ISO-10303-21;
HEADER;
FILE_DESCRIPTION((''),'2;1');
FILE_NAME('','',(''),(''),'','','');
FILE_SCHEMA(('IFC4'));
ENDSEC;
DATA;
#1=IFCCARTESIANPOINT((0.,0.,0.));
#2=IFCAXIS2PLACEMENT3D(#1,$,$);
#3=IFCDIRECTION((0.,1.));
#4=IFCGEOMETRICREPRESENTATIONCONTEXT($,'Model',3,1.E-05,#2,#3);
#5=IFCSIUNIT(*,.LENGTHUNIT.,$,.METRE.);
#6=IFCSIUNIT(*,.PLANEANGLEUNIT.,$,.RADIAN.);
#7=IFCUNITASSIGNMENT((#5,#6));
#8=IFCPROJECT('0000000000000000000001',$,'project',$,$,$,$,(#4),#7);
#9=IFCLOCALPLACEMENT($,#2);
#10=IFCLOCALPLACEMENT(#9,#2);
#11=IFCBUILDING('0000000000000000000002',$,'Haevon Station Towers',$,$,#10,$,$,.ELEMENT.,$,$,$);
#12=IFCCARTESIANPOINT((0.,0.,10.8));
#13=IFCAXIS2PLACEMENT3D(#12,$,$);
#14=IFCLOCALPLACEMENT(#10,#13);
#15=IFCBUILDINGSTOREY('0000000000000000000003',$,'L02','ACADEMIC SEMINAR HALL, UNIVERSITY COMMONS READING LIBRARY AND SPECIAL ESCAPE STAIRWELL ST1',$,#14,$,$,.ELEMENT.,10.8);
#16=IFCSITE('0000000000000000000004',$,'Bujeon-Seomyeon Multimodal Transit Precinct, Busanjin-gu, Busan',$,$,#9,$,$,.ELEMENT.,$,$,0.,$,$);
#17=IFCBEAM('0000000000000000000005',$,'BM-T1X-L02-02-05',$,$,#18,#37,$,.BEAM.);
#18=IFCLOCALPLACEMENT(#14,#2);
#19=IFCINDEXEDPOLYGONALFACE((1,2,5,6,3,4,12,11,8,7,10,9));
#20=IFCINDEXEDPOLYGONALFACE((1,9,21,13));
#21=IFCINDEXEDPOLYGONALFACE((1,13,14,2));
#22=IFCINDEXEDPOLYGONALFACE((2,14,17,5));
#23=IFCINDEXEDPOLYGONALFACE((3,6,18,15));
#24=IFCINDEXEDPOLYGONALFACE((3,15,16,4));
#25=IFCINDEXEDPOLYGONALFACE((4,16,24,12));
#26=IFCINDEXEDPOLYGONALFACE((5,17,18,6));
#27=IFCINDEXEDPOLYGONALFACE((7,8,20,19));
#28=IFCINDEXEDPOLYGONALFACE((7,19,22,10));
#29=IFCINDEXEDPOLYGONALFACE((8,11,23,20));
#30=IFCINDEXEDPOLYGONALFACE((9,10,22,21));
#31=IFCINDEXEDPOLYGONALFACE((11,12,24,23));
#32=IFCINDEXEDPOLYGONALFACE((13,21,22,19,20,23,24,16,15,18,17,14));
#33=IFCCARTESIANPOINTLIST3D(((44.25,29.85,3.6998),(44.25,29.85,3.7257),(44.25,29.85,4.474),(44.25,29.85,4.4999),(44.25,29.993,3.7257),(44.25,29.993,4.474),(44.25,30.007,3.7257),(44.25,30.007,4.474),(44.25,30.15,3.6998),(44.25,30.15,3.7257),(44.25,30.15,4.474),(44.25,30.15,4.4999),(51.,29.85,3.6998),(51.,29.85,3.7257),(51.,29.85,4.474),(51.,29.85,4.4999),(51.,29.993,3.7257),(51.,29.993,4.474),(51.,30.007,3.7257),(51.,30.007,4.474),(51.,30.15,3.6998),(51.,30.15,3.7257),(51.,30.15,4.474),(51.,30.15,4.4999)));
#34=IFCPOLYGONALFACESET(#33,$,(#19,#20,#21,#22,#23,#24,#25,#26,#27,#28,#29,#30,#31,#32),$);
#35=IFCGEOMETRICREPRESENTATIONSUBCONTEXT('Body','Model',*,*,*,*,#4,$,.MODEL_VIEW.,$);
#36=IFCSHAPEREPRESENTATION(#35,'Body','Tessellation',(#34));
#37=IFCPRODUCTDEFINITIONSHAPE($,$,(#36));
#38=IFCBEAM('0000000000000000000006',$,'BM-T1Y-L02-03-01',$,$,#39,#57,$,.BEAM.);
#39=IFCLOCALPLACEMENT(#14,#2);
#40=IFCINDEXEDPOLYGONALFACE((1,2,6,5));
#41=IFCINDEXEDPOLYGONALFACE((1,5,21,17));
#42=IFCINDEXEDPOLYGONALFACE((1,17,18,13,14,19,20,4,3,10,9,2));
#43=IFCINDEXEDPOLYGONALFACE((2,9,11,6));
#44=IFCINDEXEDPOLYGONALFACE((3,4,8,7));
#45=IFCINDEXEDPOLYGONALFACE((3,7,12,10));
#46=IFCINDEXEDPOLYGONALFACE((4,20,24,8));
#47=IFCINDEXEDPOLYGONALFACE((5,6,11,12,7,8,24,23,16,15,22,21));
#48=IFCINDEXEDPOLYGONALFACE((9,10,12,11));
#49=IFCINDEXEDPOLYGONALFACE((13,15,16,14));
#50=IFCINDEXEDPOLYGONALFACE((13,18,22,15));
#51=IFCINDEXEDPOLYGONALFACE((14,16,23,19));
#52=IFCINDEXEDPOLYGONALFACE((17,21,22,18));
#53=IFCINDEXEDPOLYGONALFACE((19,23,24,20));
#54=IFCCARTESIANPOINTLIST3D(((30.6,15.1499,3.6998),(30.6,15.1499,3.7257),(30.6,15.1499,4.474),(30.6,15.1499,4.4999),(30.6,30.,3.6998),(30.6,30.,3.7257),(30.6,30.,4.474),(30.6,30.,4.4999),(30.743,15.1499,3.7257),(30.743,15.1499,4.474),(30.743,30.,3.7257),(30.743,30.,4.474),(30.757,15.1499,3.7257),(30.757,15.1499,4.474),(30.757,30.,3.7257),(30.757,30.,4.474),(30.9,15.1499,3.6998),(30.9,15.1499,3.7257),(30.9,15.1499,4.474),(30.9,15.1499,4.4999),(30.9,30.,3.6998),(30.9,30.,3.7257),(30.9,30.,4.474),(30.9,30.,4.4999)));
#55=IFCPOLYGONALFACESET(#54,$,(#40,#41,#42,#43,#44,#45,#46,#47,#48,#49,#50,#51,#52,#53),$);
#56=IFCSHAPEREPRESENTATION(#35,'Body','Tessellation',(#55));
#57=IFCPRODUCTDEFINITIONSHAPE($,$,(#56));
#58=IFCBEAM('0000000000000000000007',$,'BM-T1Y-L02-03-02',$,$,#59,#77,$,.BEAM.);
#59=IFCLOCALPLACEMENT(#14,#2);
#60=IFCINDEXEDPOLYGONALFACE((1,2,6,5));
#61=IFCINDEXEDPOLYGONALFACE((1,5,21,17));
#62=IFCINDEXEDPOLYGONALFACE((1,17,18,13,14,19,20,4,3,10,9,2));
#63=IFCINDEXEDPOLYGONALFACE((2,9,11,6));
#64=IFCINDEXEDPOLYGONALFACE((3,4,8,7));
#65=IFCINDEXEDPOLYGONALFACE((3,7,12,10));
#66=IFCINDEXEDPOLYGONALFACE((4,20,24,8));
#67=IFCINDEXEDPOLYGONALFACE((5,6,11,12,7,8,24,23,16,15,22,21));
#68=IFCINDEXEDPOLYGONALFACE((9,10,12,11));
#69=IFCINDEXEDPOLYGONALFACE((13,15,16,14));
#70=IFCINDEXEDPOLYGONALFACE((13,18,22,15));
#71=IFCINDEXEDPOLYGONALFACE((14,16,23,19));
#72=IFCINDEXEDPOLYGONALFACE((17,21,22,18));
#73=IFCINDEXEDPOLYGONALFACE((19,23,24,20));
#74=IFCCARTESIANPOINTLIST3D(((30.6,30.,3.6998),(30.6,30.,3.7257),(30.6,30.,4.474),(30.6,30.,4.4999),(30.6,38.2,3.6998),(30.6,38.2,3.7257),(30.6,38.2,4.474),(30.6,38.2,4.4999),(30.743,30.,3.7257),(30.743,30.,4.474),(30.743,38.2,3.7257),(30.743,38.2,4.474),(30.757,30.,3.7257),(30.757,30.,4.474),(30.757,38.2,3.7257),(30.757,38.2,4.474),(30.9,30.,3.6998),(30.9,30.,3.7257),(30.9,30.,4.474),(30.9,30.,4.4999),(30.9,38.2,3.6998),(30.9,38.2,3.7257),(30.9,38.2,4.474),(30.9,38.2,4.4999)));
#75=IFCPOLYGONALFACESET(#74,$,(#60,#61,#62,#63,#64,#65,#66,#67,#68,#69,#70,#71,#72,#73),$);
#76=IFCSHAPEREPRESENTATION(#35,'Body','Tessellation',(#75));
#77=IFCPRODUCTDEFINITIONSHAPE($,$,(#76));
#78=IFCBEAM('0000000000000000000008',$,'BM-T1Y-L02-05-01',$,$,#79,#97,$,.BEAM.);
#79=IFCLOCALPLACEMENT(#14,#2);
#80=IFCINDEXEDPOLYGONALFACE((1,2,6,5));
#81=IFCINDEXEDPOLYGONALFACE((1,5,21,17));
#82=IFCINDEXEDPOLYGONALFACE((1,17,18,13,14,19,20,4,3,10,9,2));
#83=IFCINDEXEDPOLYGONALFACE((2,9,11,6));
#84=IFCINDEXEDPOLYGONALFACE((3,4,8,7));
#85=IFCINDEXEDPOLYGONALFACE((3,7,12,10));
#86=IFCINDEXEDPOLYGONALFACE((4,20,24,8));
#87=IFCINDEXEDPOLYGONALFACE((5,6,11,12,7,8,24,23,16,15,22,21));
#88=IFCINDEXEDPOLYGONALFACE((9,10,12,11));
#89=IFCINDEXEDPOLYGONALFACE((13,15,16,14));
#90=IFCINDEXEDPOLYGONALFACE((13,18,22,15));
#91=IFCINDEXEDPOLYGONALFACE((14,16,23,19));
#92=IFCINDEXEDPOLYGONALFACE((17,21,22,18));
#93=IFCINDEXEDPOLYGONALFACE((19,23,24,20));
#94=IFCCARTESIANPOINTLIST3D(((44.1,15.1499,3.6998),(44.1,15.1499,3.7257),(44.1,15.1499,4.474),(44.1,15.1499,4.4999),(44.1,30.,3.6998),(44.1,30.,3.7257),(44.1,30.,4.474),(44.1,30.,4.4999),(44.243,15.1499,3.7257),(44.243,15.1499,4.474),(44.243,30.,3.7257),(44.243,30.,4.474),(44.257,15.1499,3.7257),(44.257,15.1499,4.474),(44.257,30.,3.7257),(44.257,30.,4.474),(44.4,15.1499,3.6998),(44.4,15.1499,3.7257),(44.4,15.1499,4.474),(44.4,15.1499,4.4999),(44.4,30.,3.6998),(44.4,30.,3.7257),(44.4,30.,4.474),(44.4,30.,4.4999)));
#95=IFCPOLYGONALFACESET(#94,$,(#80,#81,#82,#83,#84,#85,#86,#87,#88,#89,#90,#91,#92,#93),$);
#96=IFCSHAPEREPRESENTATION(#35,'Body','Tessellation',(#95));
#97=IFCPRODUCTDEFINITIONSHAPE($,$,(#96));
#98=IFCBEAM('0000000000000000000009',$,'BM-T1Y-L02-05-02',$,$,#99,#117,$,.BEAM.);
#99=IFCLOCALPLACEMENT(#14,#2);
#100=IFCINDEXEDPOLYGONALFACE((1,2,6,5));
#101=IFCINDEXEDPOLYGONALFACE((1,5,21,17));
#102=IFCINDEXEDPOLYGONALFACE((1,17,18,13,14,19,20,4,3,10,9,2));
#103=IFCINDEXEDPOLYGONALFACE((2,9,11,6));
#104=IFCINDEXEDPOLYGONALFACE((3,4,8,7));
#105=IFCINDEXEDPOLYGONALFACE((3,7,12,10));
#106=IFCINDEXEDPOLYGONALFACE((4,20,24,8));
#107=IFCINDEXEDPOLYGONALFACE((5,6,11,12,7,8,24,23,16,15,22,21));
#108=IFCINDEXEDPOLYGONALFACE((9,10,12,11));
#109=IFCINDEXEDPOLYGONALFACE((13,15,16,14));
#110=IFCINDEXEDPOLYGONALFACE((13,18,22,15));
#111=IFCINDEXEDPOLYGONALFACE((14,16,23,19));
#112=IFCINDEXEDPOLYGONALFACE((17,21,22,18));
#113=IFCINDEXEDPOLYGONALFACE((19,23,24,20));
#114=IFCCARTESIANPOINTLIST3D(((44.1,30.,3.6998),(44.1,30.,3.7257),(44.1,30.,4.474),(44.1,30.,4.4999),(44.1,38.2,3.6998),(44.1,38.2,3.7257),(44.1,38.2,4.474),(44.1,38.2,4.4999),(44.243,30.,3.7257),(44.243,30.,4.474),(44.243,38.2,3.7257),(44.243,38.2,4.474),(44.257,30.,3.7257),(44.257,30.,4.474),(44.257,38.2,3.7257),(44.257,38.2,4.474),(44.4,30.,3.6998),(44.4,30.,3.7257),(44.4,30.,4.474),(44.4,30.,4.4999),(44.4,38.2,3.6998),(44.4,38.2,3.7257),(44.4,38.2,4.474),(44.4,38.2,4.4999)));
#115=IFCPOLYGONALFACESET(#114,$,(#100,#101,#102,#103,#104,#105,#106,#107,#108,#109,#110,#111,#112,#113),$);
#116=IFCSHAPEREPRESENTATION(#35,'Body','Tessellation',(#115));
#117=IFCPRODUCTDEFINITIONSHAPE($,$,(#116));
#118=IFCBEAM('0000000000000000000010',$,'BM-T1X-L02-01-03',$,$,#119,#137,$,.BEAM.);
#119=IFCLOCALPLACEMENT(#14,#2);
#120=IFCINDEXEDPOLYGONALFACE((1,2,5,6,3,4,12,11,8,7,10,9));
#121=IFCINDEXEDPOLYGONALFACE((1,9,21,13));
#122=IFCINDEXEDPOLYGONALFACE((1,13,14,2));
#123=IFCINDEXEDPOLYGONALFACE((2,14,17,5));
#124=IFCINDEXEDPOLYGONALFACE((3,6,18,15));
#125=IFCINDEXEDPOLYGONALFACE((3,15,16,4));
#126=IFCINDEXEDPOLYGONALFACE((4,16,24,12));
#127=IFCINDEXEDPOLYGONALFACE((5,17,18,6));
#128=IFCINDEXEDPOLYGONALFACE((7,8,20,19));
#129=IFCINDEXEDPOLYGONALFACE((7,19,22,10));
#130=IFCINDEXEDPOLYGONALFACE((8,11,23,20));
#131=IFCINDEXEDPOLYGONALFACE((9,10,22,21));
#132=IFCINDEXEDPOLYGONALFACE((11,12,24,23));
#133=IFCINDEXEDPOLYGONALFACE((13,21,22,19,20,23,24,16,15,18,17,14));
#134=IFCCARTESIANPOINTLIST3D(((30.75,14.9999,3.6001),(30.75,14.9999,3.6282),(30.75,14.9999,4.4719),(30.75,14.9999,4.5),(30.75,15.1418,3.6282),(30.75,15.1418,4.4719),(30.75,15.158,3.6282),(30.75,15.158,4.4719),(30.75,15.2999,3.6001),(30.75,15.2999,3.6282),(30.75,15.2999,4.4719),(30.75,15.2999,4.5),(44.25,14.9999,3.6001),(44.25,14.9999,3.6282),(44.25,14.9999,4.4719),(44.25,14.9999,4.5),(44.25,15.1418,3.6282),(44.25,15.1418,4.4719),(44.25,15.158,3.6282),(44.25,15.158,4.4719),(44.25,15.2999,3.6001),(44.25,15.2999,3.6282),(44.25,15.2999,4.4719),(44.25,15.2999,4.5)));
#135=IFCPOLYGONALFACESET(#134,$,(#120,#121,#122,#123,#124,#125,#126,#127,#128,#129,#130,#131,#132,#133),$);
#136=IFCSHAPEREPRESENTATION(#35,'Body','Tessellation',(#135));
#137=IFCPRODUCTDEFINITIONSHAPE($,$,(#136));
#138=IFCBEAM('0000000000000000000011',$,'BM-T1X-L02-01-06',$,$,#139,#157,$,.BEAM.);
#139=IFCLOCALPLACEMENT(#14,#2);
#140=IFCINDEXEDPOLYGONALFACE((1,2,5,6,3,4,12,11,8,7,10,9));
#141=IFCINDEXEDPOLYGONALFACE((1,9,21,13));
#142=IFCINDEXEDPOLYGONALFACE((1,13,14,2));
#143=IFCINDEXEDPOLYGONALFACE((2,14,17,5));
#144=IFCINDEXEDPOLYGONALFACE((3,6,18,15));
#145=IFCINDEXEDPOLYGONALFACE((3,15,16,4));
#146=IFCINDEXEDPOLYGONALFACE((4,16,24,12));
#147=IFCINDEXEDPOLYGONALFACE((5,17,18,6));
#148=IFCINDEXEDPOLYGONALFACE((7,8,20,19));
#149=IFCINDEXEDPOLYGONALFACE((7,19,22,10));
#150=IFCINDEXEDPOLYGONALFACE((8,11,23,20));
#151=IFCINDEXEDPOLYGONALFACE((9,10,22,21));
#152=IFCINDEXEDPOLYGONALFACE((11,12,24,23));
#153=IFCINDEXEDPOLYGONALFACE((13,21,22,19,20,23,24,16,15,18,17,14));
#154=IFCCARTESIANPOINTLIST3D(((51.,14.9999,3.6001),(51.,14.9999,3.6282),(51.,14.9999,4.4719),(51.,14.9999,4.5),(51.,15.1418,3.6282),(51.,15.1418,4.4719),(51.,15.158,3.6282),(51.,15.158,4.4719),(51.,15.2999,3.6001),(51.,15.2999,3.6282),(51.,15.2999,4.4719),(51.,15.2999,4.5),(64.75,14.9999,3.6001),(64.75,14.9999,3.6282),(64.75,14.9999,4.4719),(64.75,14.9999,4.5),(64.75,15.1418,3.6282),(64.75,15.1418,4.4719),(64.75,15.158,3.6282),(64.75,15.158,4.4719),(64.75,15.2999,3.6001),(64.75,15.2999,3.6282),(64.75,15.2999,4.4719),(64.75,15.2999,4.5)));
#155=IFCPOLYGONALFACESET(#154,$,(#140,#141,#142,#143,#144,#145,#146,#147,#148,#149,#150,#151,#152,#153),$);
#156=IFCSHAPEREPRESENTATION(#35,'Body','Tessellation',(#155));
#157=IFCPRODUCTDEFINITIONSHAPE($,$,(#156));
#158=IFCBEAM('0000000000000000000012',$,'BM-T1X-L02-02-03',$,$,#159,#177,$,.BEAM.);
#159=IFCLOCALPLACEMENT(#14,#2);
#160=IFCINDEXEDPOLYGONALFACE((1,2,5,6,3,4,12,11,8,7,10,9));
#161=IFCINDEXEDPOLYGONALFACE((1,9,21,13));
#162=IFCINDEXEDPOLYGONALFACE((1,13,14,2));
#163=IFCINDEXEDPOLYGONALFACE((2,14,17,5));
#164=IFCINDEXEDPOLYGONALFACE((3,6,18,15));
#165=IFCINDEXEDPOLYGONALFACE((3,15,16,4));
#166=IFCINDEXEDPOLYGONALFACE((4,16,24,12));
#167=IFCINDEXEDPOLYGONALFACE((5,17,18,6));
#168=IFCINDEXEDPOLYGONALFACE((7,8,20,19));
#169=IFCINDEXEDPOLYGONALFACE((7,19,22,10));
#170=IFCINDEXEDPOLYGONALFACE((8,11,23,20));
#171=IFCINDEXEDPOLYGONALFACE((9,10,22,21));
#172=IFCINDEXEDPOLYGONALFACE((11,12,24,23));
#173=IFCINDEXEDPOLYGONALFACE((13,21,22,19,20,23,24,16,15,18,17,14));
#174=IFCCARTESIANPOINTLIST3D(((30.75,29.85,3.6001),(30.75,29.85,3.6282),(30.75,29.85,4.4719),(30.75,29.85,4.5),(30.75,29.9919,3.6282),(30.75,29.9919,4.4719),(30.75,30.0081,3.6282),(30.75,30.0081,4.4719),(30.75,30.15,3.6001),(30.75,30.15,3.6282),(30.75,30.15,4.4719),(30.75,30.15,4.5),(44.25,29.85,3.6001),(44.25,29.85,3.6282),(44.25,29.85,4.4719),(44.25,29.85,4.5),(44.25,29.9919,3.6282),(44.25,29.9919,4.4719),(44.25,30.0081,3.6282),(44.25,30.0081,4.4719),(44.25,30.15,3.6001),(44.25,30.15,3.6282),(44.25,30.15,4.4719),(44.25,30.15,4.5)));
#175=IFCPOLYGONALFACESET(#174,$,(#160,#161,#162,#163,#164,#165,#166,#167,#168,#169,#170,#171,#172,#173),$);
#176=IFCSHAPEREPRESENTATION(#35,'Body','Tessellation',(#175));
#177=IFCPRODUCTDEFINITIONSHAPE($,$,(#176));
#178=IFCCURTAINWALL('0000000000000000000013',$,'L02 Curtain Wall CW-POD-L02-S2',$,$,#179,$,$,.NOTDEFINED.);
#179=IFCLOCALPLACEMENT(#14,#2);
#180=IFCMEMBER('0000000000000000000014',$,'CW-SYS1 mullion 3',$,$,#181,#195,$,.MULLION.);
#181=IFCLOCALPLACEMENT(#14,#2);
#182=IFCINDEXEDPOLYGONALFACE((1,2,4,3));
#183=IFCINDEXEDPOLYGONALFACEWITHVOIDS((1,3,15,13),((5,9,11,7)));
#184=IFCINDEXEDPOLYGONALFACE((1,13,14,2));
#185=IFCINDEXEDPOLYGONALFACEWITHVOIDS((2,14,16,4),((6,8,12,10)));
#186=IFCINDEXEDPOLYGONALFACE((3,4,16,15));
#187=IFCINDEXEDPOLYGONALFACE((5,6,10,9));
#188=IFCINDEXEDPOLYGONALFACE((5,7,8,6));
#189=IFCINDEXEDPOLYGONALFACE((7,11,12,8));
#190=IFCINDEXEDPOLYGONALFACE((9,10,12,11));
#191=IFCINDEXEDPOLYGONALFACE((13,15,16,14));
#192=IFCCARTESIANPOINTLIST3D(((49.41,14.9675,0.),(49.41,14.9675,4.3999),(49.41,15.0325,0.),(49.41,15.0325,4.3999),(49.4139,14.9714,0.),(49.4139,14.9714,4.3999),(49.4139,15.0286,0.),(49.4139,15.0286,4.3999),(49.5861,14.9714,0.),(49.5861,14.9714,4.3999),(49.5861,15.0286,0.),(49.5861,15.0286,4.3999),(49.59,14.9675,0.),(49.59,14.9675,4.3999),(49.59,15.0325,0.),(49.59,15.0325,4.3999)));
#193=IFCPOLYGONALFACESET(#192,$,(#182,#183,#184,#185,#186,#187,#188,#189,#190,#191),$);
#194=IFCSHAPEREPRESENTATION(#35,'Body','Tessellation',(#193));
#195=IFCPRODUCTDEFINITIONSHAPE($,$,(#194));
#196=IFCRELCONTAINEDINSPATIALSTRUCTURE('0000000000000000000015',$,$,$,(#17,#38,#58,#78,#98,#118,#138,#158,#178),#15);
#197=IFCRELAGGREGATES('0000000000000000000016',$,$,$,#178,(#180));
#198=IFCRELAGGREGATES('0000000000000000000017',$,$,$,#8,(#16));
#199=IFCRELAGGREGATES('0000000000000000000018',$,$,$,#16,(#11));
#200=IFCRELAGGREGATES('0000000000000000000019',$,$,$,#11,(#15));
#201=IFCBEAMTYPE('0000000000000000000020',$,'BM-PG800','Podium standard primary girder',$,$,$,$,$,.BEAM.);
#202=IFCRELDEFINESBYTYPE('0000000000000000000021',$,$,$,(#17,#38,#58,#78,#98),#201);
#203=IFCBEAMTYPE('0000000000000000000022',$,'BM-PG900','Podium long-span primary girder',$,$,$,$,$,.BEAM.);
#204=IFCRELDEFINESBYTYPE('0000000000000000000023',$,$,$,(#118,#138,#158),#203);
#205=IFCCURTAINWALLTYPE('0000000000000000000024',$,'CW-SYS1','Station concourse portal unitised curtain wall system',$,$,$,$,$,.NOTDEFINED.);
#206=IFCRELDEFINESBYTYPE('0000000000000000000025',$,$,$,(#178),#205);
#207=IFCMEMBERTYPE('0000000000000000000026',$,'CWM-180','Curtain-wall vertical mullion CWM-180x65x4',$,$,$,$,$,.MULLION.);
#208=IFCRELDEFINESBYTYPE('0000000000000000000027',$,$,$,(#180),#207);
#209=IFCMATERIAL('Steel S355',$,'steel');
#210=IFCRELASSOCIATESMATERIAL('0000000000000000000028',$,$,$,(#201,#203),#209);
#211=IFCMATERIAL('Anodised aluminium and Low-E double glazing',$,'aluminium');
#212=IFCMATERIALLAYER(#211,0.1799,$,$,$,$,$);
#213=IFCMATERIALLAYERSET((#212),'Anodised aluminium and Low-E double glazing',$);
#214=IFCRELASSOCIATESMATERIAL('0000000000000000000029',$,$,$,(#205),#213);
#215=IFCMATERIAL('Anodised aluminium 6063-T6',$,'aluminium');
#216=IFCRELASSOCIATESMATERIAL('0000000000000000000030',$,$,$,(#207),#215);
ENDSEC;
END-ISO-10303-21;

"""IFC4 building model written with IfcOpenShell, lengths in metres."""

from ifc_helpers import new_model, si_unit, direction, frame, origin, origin_2d, place, context, subcontext, project, spatial, hollow_rectangle, i_section, extrude, material, layer, layer_set, material_profile, profile_set, type_object, element, aggregate, save


model = new_model("IFC4")

# Units and contexts
model_context = context("Model", 3, precision=1e-05, world=origin(), true_north=direction((0.0, 1.0)))
body_context = subcontext(model_context, "Body", "Model", "MODEL_VIEW")
ifc_project = project(units=[si_unit("LENGTHUNIT", "METRE"), si_unit("PLANEANGLEUNIT", "RADIAN")], contexts=[model_context])

# Site, building, storey
site_placement = place(None, origin())
site = spatial("IfcSite", under=ifc_project, at=site_placement, Name="Bujeon-Seomyeon Multimodal Transit Precinct, Busanjin-gu, Busan", CompositionType="ELEMENT", RefElevation=0.0)
building_placement = place(site_placement, origin())
building = spatial("IfcBuilding", under=site, at=building_placement, Name="Haevon Station Towers", CompositionType="ELEMENT")
storey_placement = place(building_placement, frame((0.0, 0.0, 10.8)))
storey = spatial("IfcBuildingStorey", under=building, at=storey_placement, Name="L02", Description="ACADEMIC SEMINAR HALL, UNIVERSITY COMMONS READING LIBRARY AND SPECIAL ESCAPE STAIRWELL ST1", CompositionType="ELEMENT", Elevation=10.8)

# Beams
ifc_material_1 = material(Name="Steel S355", Category="steel")
ifc_material_profile_1 = material_profile(ifc_material_1, i_section(OverallWidth=0.3, OverallDepth=0.8, WebThickness=0.0139, FlangeThickness=0.0259, at=origin_2d()), Name="H-800x300x14x26")
ifc_profile_set_1 = profile_set([ifc_material_profile_1], Name="Steel S355")
beam_type_1 = type_object("IfcBeamType", Name="BM-PG800", Description="Podium standard primary girder", PredefinedType="BEAM", material=ifc_profile_set_1)
for number, where, z_axis, x_axis, name in (
    (1, (44.25, 30.0, 4.0999), (1.0, 0.0, 0.0), (0.0, 1.0, 0.0), "BM-T1X-L02-02-05"),
):
    element("IfcBeam", number, at=place(storey_placement, frame(where, z_axis=z_axis, x_axis=x_axis)), inside=storey, type_object=beam_type_1, Name=name, PredefinedType="BEAM", context=body_context, shape_type="SweptSolid", body=[
        extrude(i_section(OverallWidth=0.3, OverallDepth=0.8, WebThickness=0.0139, FlangeThickness=0.0259, at=origin_2d()), origin(), (0.0, 0.0, 1.0), 6.75),
    ])
beam_1_placement = place(storey_placement, frame((30.75, 15.1499, 4.0999), z_axis=(0.0, 1.0, 0.0), x_axis=(-1.0, 0.0, 0.0)))
element("IfcBeam", 2, at=beam_1_placement, inside=storey, type_object=beam_type_1, Name="BM-T1Y-L02-03-01", PredefinedType="BEAM", context=body_context, shape_type="SweptSolid", body=[
    extrude(i_section(OverallWidth=0.3, OverallDepth=0.8, WebThickness=0.0139, FlangeThickness=0.0259, at=origin_2d()), origin(), (0.0, 0.0, 1.0), 14.8501),
])
beam_2_placement = place(storey_placement, frame((30.75, 30.0, 4.0999), z_axis=(0.0, 1.0, 0.0), x_axis=(-1.0, 0.0, 0.0)))
element("IfcBeam", 3, at=beam_2_placement, inside=storey, type_object=beam_type_1, Name="BM-T1Y-L02-03-02", PredefinedType="BEAM", context=body_context, shape_type="SweptSolid", body=[
    extrude(i_section(OverallWidth=0.3, OverallDepth=0.8, WebThickness=0.0139, FlangeThickness=0.0259, at=origin_2d()), origin(), (0.0, 0.0, 1.0), 8.2),
])
beam_3_placement = place(storey_placement, frame((44.25, 15.1499, 4.0999), z_axis=(0.0, 1.0, 0.0), x_axis=(-1.0, 0.0, 0.0)))
element("IfcBeam", 4, at=beam_3_placement, inside=storey, type_object=beam_type_1, Name="BM-T1Y-L02-05-01", PredefinedType="BEAM", context=body_context, shape_type="SweptSolid", body=[
    extrude(i_section(OverallWidth=0.3, OverallDepth=0.8, WebThickness=0.0139, FlangeThickness=0.0259, at=origin_2d()), origin(), (0.0, 0.0, 1.0), 14.8501),
])
beam_4_placement = place(storey_placement, frame((44.25, 30.0, 4.0999), z_axis=(0.0, 1.0, 0.0), x_axis=(-1.0, 0.0, 0.0)))
element("IfcBeam", 5, at=beam_4_placement, inside=storey, type_object=beam_type_1, Name="BM-T1Y-L02-05-02", PredefinedType="BEAM", context=body_context, shape_type="SweptSolid", body=[
    extrude(i_section(OverallWidth=0.3, OverallDepth=0.8, WebThickness=0.0139, FlangeThickness=0.0259, at=origin_2d()), origin(), (0.0, 0.0, 1.0), 8.2),
])
ifc_material_profile_2 = material_profile(ifc_material_1, i_section(OverallWidth=0.3, OverallDepth=0.8999, WebThickness=0.0161, FlangeThickness=0.0281, at=origin_2d()), Name="H-900x300x16x28")
ifc_profile_set_2 = profile_set([ifc_material_profile_2], Name="Steel S355")
beam_type_2 = type_object("IfcBeamType", Name="BM-PG900", Description="Podium long-span primary girder", PredefinedType="BEAM", material=ifc_profile_set_2)
beam_5_placement = place(storey_placement, frame((30.75, 15.1499, 4.05), z_axis=(1.0, 0.0, 0.0), x_axis=(0.0, 1.0, 0.0)))
element("IfcBeam", 6, at=beam_5_placement, inside=storey, type_object=beam_type_2, Name="BM-T1X-L02-01-03", PredefinedType="BEAM", context=body_context, shape_type="SweptSolid", body=[
    extrude(i_section(OverallWidth=0.3, OverallDepth=0.8999, WebThickness=0.0161, FlangeThickness=0.0281, at=origin_2d()), origin(), (0.0, 0.0, 1.0), 13.5),
])
beam_6_placement = place(storey_placement, frame((51.0, 15.1499, 4.05), z_axis=(1.0, 0.0, 0.0), x_axis=(0.0, 1.0, 0.0)))
element("IfcBeam", 7, at=beam_6_placement, inside=storey, type_object=beam_type_2, Name="BM-T1X-L02-01-06", PredefinedType="BEAM", context=body_context, shape_type="SweptSolid", body=[
    extrude(i_section(OverallWidth=0.3, OverallDepth=0.8999, WebThickness=0.0161, FlangeThickness=0.0281, at=origin_2d()), origin(), (0.0, 0.0, 1.0), 13.75),
])
beam_7_placement = place(storey_placement, frame((30.75, 30.0, 4.05), z_axis=(1.0, 0.0, 0.0), x_axis=(0.0, 1.0, 0.0)))
element("IfcBeam", 8, at=beam_7_placement, inside=storey, type_object=beam_type_2, Name="BM-T1X-L02-02-03", PredefinedType="BEAM", context=body_context, shape_type="SweptSolid", body=[
    extrude(i_section(OverallWidth=0.3, OverallDepth=0.8999, WebThickness=0.0161, FlangeThickness=0.0281, at=origin_2d()), origin(), (0.0, 0.0, 1.0), 13.5),
])

# Curtain wall, member
ifc_material_2 = material(Name="Anodised aluminium and Low-E double glazing", Category="aluminium")
ifc_layer_1 = layer(ifc_material_2, 0.1799)
ifc_layer_set_1 = layer_set([ifc_layer_1], Name="Anodised aluminium and Low-E double glazing")
curtain_wall_type = type_object("IfcCurtainWallType", Name="CW-SYS1", Description="Station concourse portal unitised curtain wall system", PredefinedType="NOTDEFINED", material=ifc_layer_set_1)
curtain_wall_placement = place(storey_placement, origin())
curtain_wall = element("IfcCurtainWall", 9, at=curtain_wall_placement, inside=storey, type_object=curtain_wall_type, Name="L02 Curtain Wall CW-POD-L02-S2", PredefinedType="NOTDEFINED")
ifc_material_3 = material(Name="Anodised aluminium 6063-T6", Category="aluminium")
ifc_material_profile_3 = material_profile(ifc_material_3, hollow_rectangle(XDim=0.0649, YDim=0.1799, WallThickness=0.0039, at=origin_2d()), Name="CWM-180x65x4")
ifc_profile_set_3 = profile_set([ifc_material_profile_3], Name="Anodised aluminium 6063-T6")
member_type_1 = type_object("IfcMemberType", Name="CWM-180", Description="Curtain-wall vertical mullion CWM-180x65x4", PredefinedType="MULLION", material=ifc_profile_set_3)
member_1_placement = place(storey_placement, frame((49.5, 15.0, 0.0), z_axis=(0.0, 0.0, 1.0), x_axis=(0.0, -1.0, 0.0)))
member_1 = element("IfcMember", 10, at=member_1_placement, type_object=member_type_1, Name="CW-SYS1 mullion 3", PredefinedType="MULLION", context=body_context, shape_type="SweptSolid", body=[
    extrude(hollow_rectangle(XDim=0.0649, YDim=0.1799, WallThickness=0.0039, at=origin_2d()), origin(), (0.0, 0.0, 1.0), 4.3999),
])
aggregate(curtain_wall, [member_1])

save(model, "model.ifc")
